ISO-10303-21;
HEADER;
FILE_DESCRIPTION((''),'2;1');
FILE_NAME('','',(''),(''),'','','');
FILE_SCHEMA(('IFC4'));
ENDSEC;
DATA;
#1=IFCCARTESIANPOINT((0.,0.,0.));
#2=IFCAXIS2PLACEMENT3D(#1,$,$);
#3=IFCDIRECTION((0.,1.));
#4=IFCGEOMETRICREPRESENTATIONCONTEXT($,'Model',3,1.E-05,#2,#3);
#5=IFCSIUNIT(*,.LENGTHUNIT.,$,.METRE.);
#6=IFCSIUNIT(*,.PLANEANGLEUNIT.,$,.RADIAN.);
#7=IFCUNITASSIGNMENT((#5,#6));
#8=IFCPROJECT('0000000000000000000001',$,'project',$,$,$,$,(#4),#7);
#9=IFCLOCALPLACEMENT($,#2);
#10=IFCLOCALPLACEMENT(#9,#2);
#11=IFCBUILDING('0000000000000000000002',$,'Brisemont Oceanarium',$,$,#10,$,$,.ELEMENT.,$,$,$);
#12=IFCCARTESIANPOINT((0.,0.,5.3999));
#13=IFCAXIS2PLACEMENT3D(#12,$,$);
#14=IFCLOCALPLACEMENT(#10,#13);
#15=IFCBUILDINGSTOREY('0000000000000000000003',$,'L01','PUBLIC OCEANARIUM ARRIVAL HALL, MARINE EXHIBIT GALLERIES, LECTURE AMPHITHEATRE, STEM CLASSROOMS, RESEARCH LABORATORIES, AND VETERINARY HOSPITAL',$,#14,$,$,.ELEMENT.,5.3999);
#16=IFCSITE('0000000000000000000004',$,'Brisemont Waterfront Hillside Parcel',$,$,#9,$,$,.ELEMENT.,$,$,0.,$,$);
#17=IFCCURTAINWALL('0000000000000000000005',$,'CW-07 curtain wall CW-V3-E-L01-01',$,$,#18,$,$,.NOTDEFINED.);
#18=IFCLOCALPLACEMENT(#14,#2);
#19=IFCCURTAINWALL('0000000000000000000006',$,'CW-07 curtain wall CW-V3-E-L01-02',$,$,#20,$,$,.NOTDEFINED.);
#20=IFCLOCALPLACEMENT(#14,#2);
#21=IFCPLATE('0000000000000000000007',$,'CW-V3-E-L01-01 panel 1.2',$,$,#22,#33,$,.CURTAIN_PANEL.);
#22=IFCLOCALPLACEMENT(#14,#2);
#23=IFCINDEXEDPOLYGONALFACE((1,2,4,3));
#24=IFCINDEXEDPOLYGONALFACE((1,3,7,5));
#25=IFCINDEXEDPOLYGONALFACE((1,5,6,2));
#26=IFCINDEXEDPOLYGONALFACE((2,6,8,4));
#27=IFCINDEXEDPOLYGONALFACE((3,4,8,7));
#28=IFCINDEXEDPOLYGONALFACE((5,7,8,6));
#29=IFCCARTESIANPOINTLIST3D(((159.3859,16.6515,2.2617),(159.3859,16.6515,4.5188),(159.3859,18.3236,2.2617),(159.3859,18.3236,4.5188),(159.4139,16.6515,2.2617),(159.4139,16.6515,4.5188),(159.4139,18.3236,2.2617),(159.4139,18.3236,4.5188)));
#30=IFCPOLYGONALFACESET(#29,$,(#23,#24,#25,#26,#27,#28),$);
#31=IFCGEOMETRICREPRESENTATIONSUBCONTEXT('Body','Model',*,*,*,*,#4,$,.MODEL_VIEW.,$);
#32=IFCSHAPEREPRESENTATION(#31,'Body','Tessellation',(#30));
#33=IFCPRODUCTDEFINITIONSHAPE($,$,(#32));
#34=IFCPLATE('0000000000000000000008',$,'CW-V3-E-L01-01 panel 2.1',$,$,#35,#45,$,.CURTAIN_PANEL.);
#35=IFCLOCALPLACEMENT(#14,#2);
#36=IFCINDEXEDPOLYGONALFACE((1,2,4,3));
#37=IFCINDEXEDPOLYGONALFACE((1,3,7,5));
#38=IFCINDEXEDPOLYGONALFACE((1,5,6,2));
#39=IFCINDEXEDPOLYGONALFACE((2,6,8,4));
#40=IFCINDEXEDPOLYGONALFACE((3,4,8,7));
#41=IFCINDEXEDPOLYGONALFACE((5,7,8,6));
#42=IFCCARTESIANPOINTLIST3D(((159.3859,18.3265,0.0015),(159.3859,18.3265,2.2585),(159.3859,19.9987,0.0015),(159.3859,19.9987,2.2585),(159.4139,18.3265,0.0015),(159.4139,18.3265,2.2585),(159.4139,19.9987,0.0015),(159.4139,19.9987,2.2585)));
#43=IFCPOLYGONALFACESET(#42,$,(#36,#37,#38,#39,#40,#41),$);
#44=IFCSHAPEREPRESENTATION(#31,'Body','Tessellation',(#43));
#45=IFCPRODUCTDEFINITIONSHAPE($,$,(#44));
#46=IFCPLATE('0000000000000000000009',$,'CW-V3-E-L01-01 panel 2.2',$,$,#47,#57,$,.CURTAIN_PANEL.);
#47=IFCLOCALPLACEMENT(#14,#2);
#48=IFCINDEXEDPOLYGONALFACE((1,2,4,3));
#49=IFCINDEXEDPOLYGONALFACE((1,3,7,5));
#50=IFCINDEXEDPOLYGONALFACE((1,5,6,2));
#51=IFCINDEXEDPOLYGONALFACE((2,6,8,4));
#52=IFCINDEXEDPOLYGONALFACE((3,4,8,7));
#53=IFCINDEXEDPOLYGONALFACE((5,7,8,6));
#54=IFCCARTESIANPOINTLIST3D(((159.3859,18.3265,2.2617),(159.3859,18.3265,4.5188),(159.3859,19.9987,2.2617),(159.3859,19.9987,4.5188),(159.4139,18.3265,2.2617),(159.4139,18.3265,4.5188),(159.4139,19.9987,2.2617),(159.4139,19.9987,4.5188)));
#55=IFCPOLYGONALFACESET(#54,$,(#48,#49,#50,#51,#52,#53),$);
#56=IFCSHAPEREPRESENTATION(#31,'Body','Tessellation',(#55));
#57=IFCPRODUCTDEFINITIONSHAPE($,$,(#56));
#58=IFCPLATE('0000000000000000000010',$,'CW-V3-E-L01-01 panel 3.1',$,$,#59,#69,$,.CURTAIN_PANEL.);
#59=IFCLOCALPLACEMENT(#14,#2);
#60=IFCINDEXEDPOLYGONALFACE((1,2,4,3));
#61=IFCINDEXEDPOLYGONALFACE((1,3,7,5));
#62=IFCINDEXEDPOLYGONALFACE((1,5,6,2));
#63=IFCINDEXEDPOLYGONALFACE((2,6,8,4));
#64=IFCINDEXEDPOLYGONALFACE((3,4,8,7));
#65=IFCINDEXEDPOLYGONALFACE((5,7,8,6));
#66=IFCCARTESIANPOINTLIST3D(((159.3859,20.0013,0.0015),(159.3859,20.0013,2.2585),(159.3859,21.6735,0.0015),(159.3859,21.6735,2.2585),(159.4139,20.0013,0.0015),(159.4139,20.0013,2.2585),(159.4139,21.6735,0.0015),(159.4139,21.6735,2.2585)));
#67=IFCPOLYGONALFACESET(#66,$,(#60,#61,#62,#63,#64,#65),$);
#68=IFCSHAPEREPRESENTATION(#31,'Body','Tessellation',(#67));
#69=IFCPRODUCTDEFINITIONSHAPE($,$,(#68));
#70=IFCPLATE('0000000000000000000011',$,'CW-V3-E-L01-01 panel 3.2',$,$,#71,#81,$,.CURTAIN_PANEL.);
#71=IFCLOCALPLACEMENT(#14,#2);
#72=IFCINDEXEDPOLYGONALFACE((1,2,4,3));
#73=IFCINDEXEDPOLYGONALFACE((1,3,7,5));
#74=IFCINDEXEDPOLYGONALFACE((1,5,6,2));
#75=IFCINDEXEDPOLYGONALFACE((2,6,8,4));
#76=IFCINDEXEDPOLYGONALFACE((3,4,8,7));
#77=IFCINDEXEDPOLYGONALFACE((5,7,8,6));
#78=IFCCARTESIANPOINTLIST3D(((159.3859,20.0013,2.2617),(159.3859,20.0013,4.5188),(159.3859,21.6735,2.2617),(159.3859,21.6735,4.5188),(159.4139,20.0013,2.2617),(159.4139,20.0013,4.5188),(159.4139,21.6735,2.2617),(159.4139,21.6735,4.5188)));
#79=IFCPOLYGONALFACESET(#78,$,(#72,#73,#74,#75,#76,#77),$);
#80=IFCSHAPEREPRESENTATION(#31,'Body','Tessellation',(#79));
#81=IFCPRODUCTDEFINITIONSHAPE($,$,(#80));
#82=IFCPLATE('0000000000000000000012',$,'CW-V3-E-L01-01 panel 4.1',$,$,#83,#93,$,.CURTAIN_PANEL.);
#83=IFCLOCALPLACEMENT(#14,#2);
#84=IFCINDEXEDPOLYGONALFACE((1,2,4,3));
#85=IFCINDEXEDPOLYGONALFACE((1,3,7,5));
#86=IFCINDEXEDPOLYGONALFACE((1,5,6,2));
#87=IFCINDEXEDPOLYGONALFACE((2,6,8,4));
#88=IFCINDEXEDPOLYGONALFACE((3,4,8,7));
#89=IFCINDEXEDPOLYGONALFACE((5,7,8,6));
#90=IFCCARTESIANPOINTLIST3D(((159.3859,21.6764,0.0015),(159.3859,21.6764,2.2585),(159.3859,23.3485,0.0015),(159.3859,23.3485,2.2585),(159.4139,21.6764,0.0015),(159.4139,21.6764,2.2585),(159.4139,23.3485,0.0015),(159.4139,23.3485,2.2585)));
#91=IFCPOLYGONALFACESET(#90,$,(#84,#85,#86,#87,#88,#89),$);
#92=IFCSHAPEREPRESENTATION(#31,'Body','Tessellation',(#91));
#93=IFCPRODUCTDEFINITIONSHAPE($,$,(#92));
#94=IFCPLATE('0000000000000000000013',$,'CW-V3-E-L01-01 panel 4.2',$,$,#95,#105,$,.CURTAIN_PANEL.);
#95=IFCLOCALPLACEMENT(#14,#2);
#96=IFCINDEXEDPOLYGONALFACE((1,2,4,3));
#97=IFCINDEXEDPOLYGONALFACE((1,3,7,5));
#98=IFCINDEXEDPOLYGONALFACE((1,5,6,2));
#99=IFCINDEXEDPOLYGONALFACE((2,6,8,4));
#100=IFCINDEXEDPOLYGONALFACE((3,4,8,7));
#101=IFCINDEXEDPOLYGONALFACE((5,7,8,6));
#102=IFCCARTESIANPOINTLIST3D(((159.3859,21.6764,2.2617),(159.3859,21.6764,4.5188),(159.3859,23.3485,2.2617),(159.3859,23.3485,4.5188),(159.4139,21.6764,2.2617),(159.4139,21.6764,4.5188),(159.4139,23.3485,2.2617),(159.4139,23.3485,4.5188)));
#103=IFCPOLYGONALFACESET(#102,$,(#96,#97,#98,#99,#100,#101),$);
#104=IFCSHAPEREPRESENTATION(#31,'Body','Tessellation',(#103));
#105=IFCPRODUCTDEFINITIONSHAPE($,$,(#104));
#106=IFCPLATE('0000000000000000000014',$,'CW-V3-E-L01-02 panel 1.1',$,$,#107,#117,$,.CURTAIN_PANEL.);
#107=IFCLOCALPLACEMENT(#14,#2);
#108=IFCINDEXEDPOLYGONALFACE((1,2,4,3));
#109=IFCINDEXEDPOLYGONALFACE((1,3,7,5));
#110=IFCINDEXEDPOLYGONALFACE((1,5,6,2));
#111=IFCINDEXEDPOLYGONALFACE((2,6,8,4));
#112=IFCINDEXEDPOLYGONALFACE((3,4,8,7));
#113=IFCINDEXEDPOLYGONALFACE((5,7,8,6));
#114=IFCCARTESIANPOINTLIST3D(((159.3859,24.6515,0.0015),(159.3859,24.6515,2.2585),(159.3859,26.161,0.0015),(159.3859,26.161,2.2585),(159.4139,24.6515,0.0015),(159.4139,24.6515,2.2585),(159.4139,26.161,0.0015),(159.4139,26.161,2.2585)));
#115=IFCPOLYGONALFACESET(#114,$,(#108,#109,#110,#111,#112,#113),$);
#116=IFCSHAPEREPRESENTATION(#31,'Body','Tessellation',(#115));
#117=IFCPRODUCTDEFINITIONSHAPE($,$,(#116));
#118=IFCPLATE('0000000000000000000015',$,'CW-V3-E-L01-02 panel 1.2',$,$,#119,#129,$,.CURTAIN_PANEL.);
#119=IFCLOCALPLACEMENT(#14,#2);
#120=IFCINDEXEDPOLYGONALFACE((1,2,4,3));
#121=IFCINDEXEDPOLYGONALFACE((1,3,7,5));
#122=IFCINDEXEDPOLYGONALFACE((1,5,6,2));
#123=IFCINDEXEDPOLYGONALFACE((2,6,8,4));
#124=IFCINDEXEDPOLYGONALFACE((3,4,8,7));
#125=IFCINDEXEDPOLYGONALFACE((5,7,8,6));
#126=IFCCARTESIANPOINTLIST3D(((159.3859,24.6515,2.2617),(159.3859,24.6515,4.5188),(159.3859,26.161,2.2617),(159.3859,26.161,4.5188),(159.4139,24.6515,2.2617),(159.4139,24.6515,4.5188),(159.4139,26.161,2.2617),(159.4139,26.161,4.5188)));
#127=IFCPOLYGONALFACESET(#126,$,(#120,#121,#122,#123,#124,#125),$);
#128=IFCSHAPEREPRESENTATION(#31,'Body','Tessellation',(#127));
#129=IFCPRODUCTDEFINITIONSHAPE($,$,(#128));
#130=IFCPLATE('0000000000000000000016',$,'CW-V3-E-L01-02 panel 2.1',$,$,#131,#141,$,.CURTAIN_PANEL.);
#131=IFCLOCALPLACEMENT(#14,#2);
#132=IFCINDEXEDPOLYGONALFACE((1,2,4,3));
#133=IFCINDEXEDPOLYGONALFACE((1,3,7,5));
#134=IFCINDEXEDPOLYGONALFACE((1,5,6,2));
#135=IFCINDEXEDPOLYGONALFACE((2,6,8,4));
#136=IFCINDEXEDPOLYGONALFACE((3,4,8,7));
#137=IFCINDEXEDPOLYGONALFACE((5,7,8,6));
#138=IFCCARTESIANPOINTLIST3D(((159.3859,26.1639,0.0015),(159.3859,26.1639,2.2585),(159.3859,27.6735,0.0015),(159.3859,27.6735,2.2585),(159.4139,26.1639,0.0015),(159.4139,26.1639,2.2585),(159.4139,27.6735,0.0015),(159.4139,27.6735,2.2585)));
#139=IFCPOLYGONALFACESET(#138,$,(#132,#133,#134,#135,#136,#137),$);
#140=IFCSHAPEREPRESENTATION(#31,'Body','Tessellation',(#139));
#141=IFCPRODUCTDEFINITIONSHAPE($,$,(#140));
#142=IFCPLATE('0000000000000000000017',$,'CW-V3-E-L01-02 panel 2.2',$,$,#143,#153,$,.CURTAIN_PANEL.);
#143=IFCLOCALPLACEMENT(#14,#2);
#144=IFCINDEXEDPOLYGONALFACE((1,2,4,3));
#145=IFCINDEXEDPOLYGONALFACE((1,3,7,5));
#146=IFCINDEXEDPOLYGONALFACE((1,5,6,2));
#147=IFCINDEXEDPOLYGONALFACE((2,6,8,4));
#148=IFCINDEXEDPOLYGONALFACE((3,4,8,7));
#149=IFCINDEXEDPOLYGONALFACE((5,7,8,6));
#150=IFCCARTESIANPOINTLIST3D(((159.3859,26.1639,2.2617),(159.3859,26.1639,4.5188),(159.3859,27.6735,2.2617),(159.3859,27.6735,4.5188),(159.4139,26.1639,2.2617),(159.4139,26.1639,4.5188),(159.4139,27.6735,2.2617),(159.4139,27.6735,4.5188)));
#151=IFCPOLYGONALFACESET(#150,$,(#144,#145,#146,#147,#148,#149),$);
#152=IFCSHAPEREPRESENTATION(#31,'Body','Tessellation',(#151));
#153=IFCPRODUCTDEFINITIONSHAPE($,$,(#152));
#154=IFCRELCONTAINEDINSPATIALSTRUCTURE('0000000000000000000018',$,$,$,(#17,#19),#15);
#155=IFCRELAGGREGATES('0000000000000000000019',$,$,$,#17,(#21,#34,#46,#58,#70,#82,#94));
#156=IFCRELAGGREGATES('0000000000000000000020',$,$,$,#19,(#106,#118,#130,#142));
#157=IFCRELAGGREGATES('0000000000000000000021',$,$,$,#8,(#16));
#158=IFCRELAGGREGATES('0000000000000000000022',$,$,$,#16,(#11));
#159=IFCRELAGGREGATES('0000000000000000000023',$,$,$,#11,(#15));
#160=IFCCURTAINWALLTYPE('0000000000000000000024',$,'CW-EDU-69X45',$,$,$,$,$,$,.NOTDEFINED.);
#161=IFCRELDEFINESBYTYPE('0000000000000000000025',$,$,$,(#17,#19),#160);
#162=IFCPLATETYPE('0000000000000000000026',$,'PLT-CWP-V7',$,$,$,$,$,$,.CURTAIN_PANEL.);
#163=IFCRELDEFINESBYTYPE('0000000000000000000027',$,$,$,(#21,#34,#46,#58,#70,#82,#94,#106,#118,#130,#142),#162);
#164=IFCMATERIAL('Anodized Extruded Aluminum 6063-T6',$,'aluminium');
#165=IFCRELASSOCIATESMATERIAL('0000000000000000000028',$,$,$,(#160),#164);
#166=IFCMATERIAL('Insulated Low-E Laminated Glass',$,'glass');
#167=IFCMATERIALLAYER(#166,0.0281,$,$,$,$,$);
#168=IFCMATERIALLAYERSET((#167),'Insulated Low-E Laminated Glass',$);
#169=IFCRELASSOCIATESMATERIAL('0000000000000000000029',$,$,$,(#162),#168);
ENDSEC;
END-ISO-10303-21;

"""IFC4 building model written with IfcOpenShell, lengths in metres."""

from ifc_helpers import new_model, si_unit, direction, frame, origin, origin_2d, place, context, subcontext, project, spatial, rectangle, extrude, material, layer, layer_set, type_object, element, aggregate, save


model = new_model("IFC4")

# Units and contexts
model_context = context("Model", 3, precision=1e-05, world=origin(), true_north=direction((0.0, 1.0)))
body_context = subcontext(model_context, "Body", "Model", "MODEL_VIEW")
ifc_project = project(units=[si_unit("LENGTHUNIT", "METRE"), si_unit("PLANEANGLEUNIT", "RADIAN")], contexts=[model_context])

# Site, building, storey
site_placement = place(None, origin())
site = spatial("IfcSite", under=ifc_project, at=site_placement, Name="Brisemont Waterfront Hillside Parcel", CompositionType="ELEMENT", RefElevation=0.0)
building_placement = place(site_placement, origin())
building = spatial("IfcBuilding", under=site, at=building_placement, Name="Brisemont Oceanarium", CompositionType="ELEMENT")
storey_placement = place(building_placement, frame((0.0, 0.0, 5.3999)))
storey = spatial("IfcBuildingStorey", under=building, at=storey_placement, Name="L01", Description="PUBLIC OCEANARIUM ARRIVAL HALL, MARINE EXHIBIT GALLERIES, LECTURE AMPHITHEATRE, STEM CLASSROOMS, RESEARCH LABORATORIES, AND VETERINARY HOSPITAL", CompositionType="ELEMENT", Elevation=5.3999)

# Curtain walls
ifc_material_1 = material(Name="Anodized Extruded Aluminum 6063-T6", Category="aluminium")
curtain_wall_type = type_object("IfcCurtainWallType", Name="CW-EDU-69X45", PredefinedType="NOTDEFINED", material=ifc_material_1)
curtain_wall_1_placement = place(storey_placement, origin())
curtain_wall_1 = element("IfcCurtainWall", 1, at=curtain_wall_1_placement, inside=storey, type_object=curtain_wall_type, Name="CW-07 curtain wall CW-V3-E-L01-01", PredefinedType="NOTDEFINED")
curtain_wall_2_placement = place(storey_placement, origin())
curtain_wall_2 = element("IfcCurtainWall", 2, at=curtain_wall_2_placement, inside=storey, type_object=curtain_wall_type, Name="CW-07 curtain wall CW-V3-E-L01-02", PredefinedType="NOTDEFINED")

# Plates
ifc_material_2 = material(Name="Insulated Low-E Laminated Glass", Category="glass")
ifc_layer = layer(ifc_material_2, 0.0281)
ifc_layer_set = layer_set([ifc_layer], Name="Insulated Low-E Laminated Glass")
plate_type = type_object("IfcPlateType", Name="PLT-CWP-V7", PredefinedType="CURTAIN_PANEL", material=ifc_layer_set)
plate_1_placement = place(storey_placement, frame((159.3999, 17.4875, 2.2617), z_axis=(0.0, 0.0, 1.0), x_axis=(0.0, 1.0, 0.0)))
plate_1 = element("IfcPlate", 3, at=plate_1_placement, type_object=plate_type, Name="CW-V3-E-L01-01 panel 1.2", PredefinedType="CURTAIN_PANEL", context=body_context, shape_type="SweptSolid", body=[
    extrude(rectangle(XDim=1.6721, YDim=0.0281, at=origin_2d()), origin(), (0.0, 0.0, 1.0), 2.2571),
])
plate_2_placement = place(storey_placement, frame((159.3999, 19.1626, 0.0015), z_axis=(0.0, 0.0, 1.0), x_axis=(0.0, 1.0, 0.0)))
plate_2 = element("IfcPlate", 4, at=plate_2_placement, type_object=plate_type, Name="CW-V3-E-L01-01 panel 2.1", PredefinedType="CURTAIN_PANEL", context=body_context, shape_type="SweptSolid", body=[
    extrude(rectangle(XDim=1.6721, YDim=0.0281, at=origin_2d()), origin(), (0.0, 0.0, 1.0), 2.2571),
])
plate_3_placement = place(storey_placement, frame((159.3999, 19.1626, 2.2617), z_axis=(0.0, 0.0, 1.0), x_axis=(0.0, 1.0, 0.0)))
plate_3 = element("IfcPlate", 5, at=plate_3_placement, type_object=plate_type, Name="CW-V3-E-L01-01 panel 2.2", PredefinedType="CURTAIN_PANEL", context=body_context, shape_type="SweptSolid", body=[
    extrude(rectangle(XDim=1.6721, YDim=0.0281, at=origin_2d()), origin(), (0.0, 0.0, 1.0), 2.2571),
])
plate_4_placement = place(storey_placement, frame((159.3999, 20.8374, 0.0015), z_axis=(0.0, 0.0, 1.0), x_axis=(0.0, 1.0, 0.0)))
plate_4 = element("IfcPlate", 6, at=plate_4_placement, type_object=plate_type, Name="CW-V3-E-L01-01 panel 3.1", PredefinedType="CURTAIN_PANEL", context=body_context, shape_type="SweptSolid", body=[
    extrude(rectangle(XDim=1.6721, YDim=0.0281, at=origin_2d()), origin(), (0.0, 0.0, 1.0), 2.2571),
])
plate_5_placement = place(storey_placement, frame((159.3999, 20.8374, 2.2617), z_axis=(0.0, 0.0, 1.0), x_axis=(0.0, 1.0, 0.0)))
plate_5 = element("IfcPlate", 7, at=plate_5_placement, type_object=plate_type, Name="CW-V3-E-L01-01 panel 3.2", PredefinedType="CURTAIN_PANEL", context=body_context, shape_type="SweptSolid", body=[
    extrude(rectangle(XDim=1.6721, YDim=0.0281, at=origin_2d()), origin(), (0.0, 0.0, 1.0), 2.2571),
])
plate_6_placement = place(storey_placement, frame((159.3999, 22.5125, 0.0015), z_axis=(0.0, 0.0, 1.0), x_axis=(0.0, 1.0, 0.0)))
plate_6 = element("IfcPlate", 8, at=plate_6_placement, type_object=plate_type, Name="CW-V3-E-L01-01 panel 4.1", PredefinedType="CURTAIN_PANEL", context=body_context, shape_type="SweptSolid", body=[
    extrude(rectangle(XDim=1.6721, YDim=0.0281, at=origin_2d()), origin(), (0.0, 0.0, 1.0), 2.2571),
])
plate_7_placement = place(storey_placement, frame((159.3999, 22.5125, 2.2617), z_axis=(0.0, 0.0, 1.0), x_axis=(0.0, 1.0, 0.0)))
plate_7 = element("IfcPlate", 9, at=plate_7_placement, type_object=plate_type, Name="CW-V3-E-L01-01 panel 4.2", PredefinedType="CURTAIN_PANEL", context=body_context, shape_type="SweptSolid", body=[
    extrude(rectangle(XDim=1.6721, YDim=0.0281, at=origin_2d()), origin(), (0.0, 0.0, 1.0), 2.2571),
])
aggregate(curtain_wall_1, [plate_1, plate_2, plate_3, plate_4, plate_5, plate_6, plate_7])
plate_8_placement = place(storey_placement, frame((159.3999, 25.4062, 0.0015), z_axis=(0.0, 0.0, 1.0), x_axis=(0.0, 1.0, 0.0)))
plate_8 = element("IfcPlate", 10, at=plate_8_placement, type_object=plate_type, Name="CW-V3-E-L01-02 panel 1.1", PredefinedType="CURTAIN_PANEL", context=body_context, shape_type="SweptSolid", body=[
    extrude(rectangle(XDim=1.5095, YDim=0.0281, at=origin_2d()), origin(), (0.0, 0.0, 1.0), 2.2571),
])
plate_9_placement = place(storey_placement, frame((159.3999, 25.4062, 2.2617), z_axis=(0.0, 0.0, 1.0), x_axis=(0.0, 1.0, 0.0)))
plate_9 = element("IfcPlate", 11, at=plate_9_placement, type_object=plate_type, Name="CW-V3-E-L01-02 panel 1.2", PredefinedType="CURTAIN_PANEL", context=body_context, shape_type="SweptSolid", body=[
    extrude(rectangle(XDim=1.5095, YDim=0.0281, at=origin_2d()), origin(), (0.0, 0.0, 1.0), 2.2571),
])
plate_10_placement = place(storey_placement, frame((159.3999, 26.9187, 0.0015), z_axis=(0.0, 0.0, 1.0), x_axis=(0.0, 1.0, 0.0)))
plate_10 = element("IfcPlate", 12, at=plate_10_placement, type_object=plate_type, Name="CW-V3-E-L01-02 panel 2.1", PredefinedType="CURTAIN_PANEL", context=body_context, shape_type="SweptSolid", body=[
    extrude(rectangle(XDim=1.5095, YDim=0.0281, at=origin_2d()), origin(), (0.0, 0.0, 1.0), 2.2571),
])
plate_11_placement = place(storey_placement, frame((159.3999, 26.9187, 2.2617), z_axis=(0.0, 0.0, 1.0), x_axis=(0.0, 1.0, 0.0)))
plate_11 = element("IfcPlate", 13, at=plate_11_placement, type_object=plate_type, Name="CW-V3-E-L01-02 panel 2.2", PredefinedType="CURTAIN_PANEL", context=body_context, shape_type="SweptSolid", body=[
    extrude(rectangle(XDim=1.5095, YDim=0.0281, at=origin_2d()), origin(), (0.0, 0.0, 1.0), 2.2571),
])
aggregate(curtain_wall_2, [plate_8, plate_9, plate_10, plate_11])

save(model, "model.ifc")
